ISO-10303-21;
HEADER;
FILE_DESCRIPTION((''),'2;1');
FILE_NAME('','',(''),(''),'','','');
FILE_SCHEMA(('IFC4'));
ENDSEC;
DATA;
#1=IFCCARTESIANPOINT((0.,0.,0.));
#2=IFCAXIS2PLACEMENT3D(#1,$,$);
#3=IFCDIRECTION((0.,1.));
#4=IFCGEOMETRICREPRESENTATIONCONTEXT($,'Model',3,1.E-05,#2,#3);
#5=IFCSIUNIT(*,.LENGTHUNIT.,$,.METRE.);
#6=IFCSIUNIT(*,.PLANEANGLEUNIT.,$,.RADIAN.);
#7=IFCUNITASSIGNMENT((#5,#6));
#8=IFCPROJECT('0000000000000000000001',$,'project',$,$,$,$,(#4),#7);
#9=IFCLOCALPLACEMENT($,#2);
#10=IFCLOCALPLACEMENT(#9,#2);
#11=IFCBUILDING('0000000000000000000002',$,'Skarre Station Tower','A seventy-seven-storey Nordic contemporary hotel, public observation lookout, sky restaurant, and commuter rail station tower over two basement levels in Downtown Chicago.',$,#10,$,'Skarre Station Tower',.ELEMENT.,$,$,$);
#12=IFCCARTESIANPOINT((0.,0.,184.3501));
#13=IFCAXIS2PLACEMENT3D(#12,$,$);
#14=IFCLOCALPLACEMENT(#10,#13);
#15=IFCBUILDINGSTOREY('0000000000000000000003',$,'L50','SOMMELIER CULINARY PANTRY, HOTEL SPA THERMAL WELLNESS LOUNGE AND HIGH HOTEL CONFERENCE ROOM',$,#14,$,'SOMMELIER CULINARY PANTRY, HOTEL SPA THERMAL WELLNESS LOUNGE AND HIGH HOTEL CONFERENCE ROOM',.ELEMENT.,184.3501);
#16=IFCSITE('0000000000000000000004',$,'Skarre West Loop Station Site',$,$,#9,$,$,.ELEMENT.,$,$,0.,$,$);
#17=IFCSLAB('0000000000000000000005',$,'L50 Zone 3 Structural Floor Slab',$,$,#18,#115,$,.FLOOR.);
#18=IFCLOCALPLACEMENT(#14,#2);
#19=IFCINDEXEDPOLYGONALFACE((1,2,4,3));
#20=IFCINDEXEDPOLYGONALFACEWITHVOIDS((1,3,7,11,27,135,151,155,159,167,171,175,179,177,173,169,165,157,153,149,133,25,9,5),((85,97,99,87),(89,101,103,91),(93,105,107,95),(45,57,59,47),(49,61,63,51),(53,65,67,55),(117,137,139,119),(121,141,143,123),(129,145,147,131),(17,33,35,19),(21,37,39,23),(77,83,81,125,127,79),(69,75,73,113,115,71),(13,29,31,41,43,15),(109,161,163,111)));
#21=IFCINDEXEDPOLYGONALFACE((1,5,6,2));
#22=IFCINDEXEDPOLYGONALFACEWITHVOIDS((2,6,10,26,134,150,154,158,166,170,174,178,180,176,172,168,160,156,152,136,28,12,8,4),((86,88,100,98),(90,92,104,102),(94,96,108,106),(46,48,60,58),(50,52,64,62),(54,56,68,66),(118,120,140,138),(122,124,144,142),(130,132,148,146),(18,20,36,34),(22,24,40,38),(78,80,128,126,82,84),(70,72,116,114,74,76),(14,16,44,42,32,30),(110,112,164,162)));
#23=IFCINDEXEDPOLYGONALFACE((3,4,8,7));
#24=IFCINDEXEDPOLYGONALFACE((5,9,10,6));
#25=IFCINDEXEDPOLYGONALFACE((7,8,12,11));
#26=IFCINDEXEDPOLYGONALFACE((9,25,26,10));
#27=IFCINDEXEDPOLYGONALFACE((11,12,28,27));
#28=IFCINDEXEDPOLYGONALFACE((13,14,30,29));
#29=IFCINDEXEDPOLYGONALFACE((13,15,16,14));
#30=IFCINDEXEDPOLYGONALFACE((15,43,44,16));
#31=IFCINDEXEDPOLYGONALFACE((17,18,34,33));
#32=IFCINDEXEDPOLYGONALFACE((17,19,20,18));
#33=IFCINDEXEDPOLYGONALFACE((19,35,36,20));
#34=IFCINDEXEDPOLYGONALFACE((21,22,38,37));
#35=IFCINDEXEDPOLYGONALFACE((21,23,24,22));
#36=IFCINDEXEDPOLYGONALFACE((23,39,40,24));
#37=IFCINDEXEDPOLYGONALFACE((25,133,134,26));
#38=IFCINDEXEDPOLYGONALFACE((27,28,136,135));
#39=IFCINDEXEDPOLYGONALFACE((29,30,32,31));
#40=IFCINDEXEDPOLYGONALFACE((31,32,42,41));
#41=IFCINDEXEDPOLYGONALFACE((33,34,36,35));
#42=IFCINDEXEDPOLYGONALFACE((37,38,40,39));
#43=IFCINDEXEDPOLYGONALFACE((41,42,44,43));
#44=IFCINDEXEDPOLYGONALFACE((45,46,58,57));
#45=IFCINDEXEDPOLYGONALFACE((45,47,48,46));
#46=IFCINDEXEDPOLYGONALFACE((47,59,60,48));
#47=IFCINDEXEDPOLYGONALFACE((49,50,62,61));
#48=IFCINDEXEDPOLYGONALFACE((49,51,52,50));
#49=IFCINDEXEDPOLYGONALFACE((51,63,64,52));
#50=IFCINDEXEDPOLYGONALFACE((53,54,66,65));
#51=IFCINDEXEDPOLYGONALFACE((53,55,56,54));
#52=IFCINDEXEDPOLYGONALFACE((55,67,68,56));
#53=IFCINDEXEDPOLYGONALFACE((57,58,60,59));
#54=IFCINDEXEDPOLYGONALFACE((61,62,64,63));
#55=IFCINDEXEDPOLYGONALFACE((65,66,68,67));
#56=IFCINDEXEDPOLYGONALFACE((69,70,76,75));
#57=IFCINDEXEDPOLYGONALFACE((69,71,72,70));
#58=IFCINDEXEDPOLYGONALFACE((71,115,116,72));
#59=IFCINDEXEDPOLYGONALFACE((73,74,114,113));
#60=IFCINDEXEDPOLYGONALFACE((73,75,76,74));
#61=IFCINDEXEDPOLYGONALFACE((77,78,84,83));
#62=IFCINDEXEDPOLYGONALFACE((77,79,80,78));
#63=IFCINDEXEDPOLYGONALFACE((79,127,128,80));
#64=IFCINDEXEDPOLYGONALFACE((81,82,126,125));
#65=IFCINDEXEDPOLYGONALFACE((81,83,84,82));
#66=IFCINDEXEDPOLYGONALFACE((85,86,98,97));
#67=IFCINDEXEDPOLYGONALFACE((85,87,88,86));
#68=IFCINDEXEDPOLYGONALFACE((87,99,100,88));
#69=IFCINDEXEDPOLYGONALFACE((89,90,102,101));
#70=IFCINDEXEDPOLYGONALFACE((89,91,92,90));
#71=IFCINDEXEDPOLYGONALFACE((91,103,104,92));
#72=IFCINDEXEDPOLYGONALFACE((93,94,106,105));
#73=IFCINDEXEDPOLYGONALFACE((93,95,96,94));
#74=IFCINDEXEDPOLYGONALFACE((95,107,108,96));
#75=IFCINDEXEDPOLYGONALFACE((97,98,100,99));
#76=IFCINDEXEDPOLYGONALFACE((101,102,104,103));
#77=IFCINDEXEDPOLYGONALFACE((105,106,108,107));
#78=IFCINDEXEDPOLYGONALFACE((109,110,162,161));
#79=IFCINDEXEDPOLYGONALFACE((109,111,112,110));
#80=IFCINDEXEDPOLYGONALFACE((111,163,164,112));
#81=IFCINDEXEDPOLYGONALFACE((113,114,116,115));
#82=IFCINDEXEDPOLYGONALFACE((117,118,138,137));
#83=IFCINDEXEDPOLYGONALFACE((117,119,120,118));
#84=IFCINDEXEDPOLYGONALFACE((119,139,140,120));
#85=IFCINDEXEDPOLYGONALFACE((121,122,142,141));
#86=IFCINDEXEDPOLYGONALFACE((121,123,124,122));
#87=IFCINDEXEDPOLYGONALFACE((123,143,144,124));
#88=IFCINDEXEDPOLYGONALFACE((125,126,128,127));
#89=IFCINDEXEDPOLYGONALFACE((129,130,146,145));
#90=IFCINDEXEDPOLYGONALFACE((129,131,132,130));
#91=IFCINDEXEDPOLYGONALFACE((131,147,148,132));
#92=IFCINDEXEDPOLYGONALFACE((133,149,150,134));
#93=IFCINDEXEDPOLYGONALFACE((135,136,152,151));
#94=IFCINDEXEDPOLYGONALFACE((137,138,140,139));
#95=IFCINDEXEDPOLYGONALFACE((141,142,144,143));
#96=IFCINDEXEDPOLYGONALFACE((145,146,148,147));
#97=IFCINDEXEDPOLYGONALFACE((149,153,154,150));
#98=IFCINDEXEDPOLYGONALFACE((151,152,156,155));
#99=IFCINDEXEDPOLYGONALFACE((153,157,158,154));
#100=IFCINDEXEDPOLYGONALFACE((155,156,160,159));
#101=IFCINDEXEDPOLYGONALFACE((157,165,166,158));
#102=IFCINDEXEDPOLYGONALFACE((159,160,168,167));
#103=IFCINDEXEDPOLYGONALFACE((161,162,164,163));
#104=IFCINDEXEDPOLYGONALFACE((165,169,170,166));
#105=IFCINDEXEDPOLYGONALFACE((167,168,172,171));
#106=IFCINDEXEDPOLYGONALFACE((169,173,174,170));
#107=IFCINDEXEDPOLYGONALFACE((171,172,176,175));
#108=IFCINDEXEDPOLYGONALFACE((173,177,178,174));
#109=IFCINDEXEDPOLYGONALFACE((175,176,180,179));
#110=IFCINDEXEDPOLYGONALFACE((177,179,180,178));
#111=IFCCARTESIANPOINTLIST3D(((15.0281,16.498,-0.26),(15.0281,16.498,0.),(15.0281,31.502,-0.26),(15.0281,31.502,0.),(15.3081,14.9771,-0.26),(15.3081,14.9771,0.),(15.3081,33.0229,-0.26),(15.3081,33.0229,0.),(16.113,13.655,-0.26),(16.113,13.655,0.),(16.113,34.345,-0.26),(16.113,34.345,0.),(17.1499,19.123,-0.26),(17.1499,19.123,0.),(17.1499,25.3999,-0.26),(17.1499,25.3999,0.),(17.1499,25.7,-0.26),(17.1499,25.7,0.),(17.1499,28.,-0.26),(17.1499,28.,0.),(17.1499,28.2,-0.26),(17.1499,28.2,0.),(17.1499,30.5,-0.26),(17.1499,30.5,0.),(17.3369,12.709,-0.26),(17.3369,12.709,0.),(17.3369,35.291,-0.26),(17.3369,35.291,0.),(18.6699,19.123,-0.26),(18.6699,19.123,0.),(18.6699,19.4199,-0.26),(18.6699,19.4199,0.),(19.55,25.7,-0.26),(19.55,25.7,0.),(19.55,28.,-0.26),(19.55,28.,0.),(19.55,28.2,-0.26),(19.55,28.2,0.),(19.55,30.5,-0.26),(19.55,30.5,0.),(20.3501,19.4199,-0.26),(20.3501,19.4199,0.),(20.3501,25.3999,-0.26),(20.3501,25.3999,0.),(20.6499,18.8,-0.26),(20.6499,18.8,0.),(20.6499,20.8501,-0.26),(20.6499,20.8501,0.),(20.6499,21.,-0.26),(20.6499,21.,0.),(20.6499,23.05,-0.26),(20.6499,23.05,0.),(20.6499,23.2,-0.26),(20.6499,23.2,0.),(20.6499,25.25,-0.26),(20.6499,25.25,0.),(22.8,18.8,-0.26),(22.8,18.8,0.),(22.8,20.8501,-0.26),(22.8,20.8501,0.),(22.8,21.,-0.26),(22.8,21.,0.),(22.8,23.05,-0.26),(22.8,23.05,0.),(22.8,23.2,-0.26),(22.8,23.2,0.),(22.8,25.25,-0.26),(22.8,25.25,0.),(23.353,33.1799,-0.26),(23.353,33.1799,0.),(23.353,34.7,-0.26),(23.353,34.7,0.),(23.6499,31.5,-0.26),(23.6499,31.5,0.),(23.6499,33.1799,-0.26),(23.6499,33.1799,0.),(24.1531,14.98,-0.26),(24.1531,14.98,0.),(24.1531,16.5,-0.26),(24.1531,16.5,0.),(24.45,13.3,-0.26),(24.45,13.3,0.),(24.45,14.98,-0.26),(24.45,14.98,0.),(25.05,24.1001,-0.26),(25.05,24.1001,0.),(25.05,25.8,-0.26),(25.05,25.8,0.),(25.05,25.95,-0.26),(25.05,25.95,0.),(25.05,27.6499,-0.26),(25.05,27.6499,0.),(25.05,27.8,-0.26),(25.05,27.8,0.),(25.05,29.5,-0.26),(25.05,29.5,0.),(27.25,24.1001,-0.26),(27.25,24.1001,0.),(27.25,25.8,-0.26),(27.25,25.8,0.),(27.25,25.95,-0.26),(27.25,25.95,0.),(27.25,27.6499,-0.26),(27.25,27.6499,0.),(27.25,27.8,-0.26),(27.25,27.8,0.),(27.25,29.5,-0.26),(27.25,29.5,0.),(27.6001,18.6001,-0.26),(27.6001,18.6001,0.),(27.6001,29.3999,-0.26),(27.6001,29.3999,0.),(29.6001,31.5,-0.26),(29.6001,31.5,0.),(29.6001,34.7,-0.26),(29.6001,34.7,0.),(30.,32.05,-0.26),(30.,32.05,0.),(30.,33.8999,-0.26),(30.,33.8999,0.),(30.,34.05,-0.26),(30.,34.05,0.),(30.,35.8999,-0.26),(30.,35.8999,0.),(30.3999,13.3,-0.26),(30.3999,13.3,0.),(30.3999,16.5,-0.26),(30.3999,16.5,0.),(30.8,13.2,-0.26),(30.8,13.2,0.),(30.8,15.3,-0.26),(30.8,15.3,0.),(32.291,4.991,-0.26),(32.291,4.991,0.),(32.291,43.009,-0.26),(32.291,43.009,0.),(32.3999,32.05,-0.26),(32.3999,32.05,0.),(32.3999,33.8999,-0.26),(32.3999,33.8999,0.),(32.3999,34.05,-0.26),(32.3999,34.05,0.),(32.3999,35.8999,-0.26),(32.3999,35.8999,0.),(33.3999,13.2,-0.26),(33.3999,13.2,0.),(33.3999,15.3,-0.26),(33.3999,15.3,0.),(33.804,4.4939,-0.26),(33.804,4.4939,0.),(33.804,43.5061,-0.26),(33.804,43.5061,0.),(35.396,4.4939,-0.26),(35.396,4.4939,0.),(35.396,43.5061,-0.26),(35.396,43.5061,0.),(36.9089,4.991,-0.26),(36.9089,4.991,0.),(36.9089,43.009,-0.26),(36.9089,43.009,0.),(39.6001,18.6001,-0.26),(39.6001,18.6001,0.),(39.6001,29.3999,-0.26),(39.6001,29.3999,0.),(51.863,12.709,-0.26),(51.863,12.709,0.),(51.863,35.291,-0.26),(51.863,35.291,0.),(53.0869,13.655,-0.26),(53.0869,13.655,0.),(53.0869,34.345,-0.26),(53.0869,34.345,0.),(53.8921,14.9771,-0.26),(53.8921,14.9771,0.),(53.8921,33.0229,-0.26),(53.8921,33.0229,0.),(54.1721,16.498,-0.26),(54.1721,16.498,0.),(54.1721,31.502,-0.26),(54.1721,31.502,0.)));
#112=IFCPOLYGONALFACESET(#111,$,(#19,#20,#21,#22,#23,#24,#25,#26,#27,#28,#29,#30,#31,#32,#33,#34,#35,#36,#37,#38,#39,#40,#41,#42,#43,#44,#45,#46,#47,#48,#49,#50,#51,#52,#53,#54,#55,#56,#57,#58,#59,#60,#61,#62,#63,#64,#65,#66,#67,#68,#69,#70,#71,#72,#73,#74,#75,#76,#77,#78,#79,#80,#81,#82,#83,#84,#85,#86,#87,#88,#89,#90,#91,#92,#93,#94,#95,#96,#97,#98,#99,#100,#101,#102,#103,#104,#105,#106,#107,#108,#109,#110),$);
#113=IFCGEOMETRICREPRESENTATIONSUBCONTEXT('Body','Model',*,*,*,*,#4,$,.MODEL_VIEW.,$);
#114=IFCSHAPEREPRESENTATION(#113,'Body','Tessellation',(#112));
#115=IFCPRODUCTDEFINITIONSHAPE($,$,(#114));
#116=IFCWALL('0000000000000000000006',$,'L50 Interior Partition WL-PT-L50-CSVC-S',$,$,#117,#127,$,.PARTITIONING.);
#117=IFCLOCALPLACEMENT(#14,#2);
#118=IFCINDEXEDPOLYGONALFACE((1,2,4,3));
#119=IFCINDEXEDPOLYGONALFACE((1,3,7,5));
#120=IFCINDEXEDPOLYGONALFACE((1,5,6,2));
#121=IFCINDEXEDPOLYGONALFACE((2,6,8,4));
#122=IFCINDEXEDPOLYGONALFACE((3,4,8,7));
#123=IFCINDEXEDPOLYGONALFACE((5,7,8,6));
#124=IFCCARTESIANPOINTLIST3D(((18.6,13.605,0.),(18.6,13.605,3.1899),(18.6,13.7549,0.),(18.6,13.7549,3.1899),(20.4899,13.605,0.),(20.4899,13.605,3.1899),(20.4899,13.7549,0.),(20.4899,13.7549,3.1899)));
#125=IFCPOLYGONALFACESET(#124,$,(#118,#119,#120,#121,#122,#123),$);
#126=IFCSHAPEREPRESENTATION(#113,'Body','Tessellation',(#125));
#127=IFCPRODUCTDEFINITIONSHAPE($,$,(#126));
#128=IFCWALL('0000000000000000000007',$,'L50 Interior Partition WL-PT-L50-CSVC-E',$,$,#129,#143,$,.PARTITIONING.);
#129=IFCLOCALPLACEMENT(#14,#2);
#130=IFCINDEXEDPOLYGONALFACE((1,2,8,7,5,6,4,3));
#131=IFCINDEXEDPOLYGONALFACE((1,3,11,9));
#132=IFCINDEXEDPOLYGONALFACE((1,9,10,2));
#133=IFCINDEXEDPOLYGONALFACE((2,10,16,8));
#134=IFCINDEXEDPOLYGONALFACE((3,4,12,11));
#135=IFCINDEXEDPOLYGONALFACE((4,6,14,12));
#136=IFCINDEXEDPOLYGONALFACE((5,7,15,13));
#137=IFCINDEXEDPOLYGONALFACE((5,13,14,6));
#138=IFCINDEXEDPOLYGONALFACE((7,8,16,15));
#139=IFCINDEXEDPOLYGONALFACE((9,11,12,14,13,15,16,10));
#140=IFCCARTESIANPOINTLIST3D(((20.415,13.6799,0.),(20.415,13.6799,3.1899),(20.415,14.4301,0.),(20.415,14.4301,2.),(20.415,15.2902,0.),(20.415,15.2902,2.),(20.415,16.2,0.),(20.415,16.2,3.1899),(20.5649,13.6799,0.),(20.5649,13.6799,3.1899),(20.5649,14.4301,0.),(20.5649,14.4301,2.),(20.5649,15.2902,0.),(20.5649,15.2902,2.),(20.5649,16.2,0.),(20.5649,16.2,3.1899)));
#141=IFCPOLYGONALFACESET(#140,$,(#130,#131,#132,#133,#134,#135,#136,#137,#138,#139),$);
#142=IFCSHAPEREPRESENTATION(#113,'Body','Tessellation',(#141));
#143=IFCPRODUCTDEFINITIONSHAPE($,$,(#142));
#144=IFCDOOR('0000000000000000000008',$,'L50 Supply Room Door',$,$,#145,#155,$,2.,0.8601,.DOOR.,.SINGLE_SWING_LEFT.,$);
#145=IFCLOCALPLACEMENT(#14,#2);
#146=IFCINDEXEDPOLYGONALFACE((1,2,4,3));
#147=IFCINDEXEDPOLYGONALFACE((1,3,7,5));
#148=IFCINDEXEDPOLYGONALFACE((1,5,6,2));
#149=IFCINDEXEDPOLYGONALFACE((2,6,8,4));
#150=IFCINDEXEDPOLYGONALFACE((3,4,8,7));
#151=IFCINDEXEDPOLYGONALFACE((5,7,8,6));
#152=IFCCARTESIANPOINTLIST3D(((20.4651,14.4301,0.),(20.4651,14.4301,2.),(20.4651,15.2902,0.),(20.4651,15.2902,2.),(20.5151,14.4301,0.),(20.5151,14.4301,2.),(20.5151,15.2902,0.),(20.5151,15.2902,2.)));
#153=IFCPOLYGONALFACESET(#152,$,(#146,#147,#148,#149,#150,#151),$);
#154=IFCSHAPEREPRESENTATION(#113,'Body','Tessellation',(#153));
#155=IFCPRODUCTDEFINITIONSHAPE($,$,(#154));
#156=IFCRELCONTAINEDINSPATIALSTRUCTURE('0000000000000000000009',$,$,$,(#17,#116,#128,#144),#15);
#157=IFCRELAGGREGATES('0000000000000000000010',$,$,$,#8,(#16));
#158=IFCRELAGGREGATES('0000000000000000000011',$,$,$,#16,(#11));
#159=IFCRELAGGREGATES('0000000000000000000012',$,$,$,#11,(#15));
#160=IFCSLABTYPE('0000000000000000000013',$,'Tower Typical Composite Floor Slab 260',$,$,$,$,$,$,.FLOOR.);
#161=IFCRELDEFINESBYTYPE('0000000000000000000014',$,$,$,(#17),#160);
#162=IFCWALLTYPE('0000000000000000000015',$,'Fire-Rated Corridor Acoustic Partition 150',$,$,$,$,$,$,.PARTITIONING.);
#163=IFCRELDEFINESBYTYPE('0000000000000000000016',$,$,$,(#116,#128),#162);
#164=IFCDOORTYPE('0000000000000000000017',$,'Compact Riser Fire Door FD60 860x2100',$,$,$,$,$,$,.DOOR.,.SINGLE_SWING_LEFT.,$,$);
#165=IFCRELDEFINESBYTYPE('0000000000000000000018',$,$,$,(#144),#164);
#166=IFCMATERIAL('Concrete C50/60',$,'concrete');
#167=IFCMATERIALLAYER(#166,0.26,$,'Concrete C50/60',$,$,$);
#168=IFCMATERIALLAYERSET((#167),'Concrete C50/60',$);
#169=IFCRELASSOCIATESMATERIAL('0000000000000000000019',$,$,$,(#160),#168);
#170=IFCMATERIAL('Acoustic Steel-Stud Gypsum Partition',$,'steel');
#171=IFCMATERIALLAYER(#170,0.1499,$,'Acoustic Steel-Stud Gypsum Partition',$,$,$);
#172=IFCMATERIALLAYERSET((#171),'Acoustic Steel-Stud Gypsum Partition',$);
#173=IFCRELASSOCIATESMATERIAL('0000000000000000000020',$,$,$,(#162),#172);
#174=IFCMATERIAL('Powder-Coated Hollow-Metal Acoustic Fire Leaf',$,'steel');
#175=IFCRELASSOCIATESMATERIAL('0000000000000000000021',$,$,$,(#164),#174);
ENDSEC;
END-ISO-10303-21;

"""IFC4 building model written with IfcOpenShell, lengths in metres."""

from ifc_helpers import new_model, si_unit, direction, frame, frame_2d, origin, place, context, subcontext, project, spatial, polyline, rectangle, outline, extrude, material, layer, layer_set, type_object, element, fill, save


model = new_model("IFC4")

# Units and contexts
model_context = context("Model", 3, precision=1e-05, world=origin(), true_north=direction((0.0, 1.0)))
body_context = subcontext(model_context, "Body", "Model", "MODEL_VIEW")
ifc_project = project(units=[si_unit("LENGTHUNIT", "METRE"), si_unit("PLANEANGLEUNIT", "RADIAN")], contexts=[model_context])

# Site, building, storey
site_placement = place(None, origin())
site = spatial("IfcSite", under=ifc_project, at=site_placement, Name="Skarre West Loop Station Site", CompositionType="ELEMENT", RefElevation=0.0)
building_placement = place(site_placement, origin())
building = spatial("IfcBuilding", under=site, at=building_placement, Name="Skarre Station Tower", Description="A seventy-seven-storey Nordic contemporary hotel, public observation lookout, sky restaurant, and commuter rail station tower over two basement levels in Downtown Chicago.", LongName="Skarre Station Tower", CompositionType="ELEMENT")
storey_placement = place(building_placement, frame((0.0, 0.0, 184.3501)))
storey = spatial("IfcBuildingStorey", under=building, at=storey_placement, Name="L50", Description="SOMMELIER CULINARY PANTRY, HOTEL SPA THERMAL WELLNESS LOUNGE AND HIGH HOTEL CONFERENCE ROOM", LongName="SOMMELIER CULINARY PANTRY, HOTEL SPA THERMAL WELLNESS LOUNGE AND HIGH HOTEL CONFERENCE ROOM", CompositionType="ELEMENT", Elevation=184.3501)

# Shared definitions
ifc_material_1 = material(Name="Concrete C50/60", Category="concrete")

# Slab
ifc_layer_1 = layer(ifc_material_1, 0.26, Name="Concrete C50/60")
ifc_layer_set_1 = layer_set([ifc_layer_1], Name="Concrete C50/60")
slab_type_1 = type_object("IfcSlabType", Name="Tower Typical Composite Floor Slab 260", PredefinedType="FLOOR", material=ifc_layer_set_1)
slab_1_placement = place(storey_placement, frame((0.0, 0.0, -0.26)))
element("IfcSlab", 1, at=slab_1_placement, inside=storey, type_object=slab_type_1, Name="L50 Zone 3 Structural Floor Slab", PredefinedType="FLOOR", context=body_context, shape_type="SweptSolid", body=[
    extrude(outline(polyline([(54.1721, 31.502), (53.8921, 33.0229), (53.0869, 34.345), (51.863, 35.291), (36.9089, 43.009), (35.396, 43.5061), (33.804, 43.5061), (32.291, 43.009), (17.3369, 35.291), (16.113, 34.345), (15.3081, 33.0229), (15.0281, 31.502), (15.0281, 16.498), (15.3081, 14.9771), (16.113, 13.655), (17.3369, 12.709), (32.291, 4.991), (33.804, 4.4939), (35.396, 4.4939), (36.9089, 4.991), (51.863, 12.709), (53.0869, 13.655), (53.8921, 14.9771), (54.1721, 16.498), (54.1721, 31.502)]), holes=[polyline([(18.6699, 19.4199), (18.6699, 19.123), (17.1499, 19.123), (17.1499, 25.3999), (20.3501, 25.3999), (20.3501, 19.4199), (18.6699, 19.4199)]), polyline([(24.45, 14.98), (24.1531, 14.98), (24.1531, 16.5), (30.3999, 16.5), (30.3999, 13.3), (24.45, 13.3), (24.45, 14.98)]), polyline([(23.6499, 33.1799), (23.353, 33.1799), (23.353, 34.7), (29.6001, 34.7), (29.6001, 31.5), (23.6499, 31.5), (23.6499, 33.1799)]), polyline([(17.1499, 28.0), (19.55, 28.0), (19.55, 25.7), (17.1499, 25.7), (17.1499, 28.0)]), polyline([(17.1499, 30.5), (19.55, 30.5), (19.55, 28.2), (17.1499, 28.2), (17.1499, 30.5)]), polyline([(30.8, 15.3), (33.3999, 15.3), (33.3999, 13.2), (30.8, 13.2), (30.8, 15.3)]), polyline([(25.05, 25.8), (27.25, 25.8), (27.25, 24.1001), (25.05, 24.1001), (25.05, 25.8)]), polyline([(25.05, 27.6499), (27.25, 27.6499), (27.25, 25.95), (25.05, 25.95), (25.05, 27.6499)]), polyline([(25.05, 29.5), (27.25, 29.5), (27.25, 27.8), (25.05, 27.8), (25.05, 29.5)]), polyline([(20.6499, 20.8501), (22.8, 20.8501), (22.8, 18.8), (20.6499, 18.8), (20.6499, 20.8501)]), polyline([(20.6499, 23.05), (22.8, 23.05), (22.8, 21.0), (20.6499, 21.0), (20.6499, 23.05)]), polyline([(20.6499, 25.25), (22.8, 25.25), (22.8, 23.2), (20.6499, 23.2), (20.6499, 25.25)]), polyline([(30.0, 33.8999), (32.3999, 33.8999), (32.3999, 32.05), (30.0, 32.05), (30.0, 33.8999)]), polyline([(30.0, 35.8999), (32.3999, 35.8999), (32.3999, 34.05), (30.0, 34.05), (30.0, 35.8999)]), polyline([(27.6001, 29.3999), (39.6001, 29.3999), (39.6001, 18.6001), (27.6001, 18.6001), (27.6001, 29.3999)])]), origin(), (0.0, 0.0, 1.0), 0.26),
])

# Wall
ifc_material_2 = material(Name="Acoustic Steel-Stud Gypsum Partition", Category="steel")
ifc_layer_2 = layer(ifc_material_2, 0.1499, Name="Acoustic Steel-Stud Gypsum Partition")
ifc_layer_set_2 = layer_set([ifc_layer_2], Name="Acoustic Steel-Stud Gypsum Partition")
wall_type_1 = type_object("IfcWallType", Name="Fire-Rated Corridor Acoustic Partition 150", PredefinedType="PARTITIONING", material=ifc_layer_set_2)
wall_1_placement = place(storey_placement, frame((18.6001, 13.6799, 0.0), z_axis=(0.0, 0.0, 1.0), x_axis=(1.0, 0.0, 0.0)))
element("IfcWall", 2, at=wall_1_placement, inside=storey, type_object=wall_type_1, Name="L50 Interior Partition WL-PT-L50-CSVC-S", PredefinedType="PARTITIONING", context=body_context, shape_type="SweptSolid", body=[
    extrude(rectangle(XDim=1.8899, YDim=0.1499, at=frame_2d((0.9448, 0.0))), origin(), (0.0, 0.0, 1.0), 3.1899),
])

# Wall, opening, door
wall_2_placement = place(storey_placement, frame((20.49, 13.6799, 0.0), z_axis=(0.0, 0.0, 1.0), x_axis=(0.0, 1.0, 0.0)))
wall_2 = element("IfcWall", 3, at=wall_2_placement, inside=storey, type_object=wall_type_1, Name="L50 Interior Partition WL-PT-L50-CSVC-E", PredefinedType="PARTITIONING", context=body_context, shape_type="SweptSolid", body=[
    extrude(rectangle(XDim=2.52, YDim=0.1499, at=frame_2d((1.26, 0.0))), origin(), (0.0, 0.0, 1.0), 3.1899),
])
opening_1_placement = place(wall_2_placement, frame((0.75, 0.0, 0.0)))
opening_1 = element("IfcOpeningElement", 4, at=opening_1_placement, cuts=wall_2, PredefinedType="OPENING", context=body_context, shape_type="SweptSolid", body=[
    extrude(rectangle(XDim=0.8601, YDim=2.0, at=frame_2d((0.4302, 1.0))), frame((0.0, 0.085, 0.0), z_axis=(0.0, -1.0, 0.0), x_axis=(1.0, 0.0, 0.0)), (0.0, 0.0, 1.0), 0.1699),
])
ifc_material_3 = material(Name="Powder-Coated Hollow-Metal Acoustic Fire Leaf", Category="steel")
door_type_1 = type_object("IfcDoorType", Name="Compact Riser Fire Door FD60 860x2100", OperationType="SINGLE_SWING_LEFT", PredefinedType="DOOR", material=ifc_material_3)
door_1_placement = place(opening_1_placement, origin())
door_1 = element("IfcDoor", 5, at=door_1_placement, inside=storey, type_object=door_type_1, Name="L50 Supply Room Door", OperationType="SINGLE_SWING_LEFT", OverallHeight=2.0, OverallWidth=0.8601, PredefinedType="DOOR", context=body_context, shape_type="SweptSolid", body=[
    extrude(rectangle(XDim=0.8601, YDim=2.0, at=frame_2d((0.4302, 1.0))), frame((0.0, 0.0249, 0.0), z_axis=(0.0, -1.0, 0.0), x_axis=(1.0, 0.0, 0.0)), (0.0, 0.0, 1.0), 0.05),
])
fill(opening_1, door_1)

save(model, "model.ifc")
